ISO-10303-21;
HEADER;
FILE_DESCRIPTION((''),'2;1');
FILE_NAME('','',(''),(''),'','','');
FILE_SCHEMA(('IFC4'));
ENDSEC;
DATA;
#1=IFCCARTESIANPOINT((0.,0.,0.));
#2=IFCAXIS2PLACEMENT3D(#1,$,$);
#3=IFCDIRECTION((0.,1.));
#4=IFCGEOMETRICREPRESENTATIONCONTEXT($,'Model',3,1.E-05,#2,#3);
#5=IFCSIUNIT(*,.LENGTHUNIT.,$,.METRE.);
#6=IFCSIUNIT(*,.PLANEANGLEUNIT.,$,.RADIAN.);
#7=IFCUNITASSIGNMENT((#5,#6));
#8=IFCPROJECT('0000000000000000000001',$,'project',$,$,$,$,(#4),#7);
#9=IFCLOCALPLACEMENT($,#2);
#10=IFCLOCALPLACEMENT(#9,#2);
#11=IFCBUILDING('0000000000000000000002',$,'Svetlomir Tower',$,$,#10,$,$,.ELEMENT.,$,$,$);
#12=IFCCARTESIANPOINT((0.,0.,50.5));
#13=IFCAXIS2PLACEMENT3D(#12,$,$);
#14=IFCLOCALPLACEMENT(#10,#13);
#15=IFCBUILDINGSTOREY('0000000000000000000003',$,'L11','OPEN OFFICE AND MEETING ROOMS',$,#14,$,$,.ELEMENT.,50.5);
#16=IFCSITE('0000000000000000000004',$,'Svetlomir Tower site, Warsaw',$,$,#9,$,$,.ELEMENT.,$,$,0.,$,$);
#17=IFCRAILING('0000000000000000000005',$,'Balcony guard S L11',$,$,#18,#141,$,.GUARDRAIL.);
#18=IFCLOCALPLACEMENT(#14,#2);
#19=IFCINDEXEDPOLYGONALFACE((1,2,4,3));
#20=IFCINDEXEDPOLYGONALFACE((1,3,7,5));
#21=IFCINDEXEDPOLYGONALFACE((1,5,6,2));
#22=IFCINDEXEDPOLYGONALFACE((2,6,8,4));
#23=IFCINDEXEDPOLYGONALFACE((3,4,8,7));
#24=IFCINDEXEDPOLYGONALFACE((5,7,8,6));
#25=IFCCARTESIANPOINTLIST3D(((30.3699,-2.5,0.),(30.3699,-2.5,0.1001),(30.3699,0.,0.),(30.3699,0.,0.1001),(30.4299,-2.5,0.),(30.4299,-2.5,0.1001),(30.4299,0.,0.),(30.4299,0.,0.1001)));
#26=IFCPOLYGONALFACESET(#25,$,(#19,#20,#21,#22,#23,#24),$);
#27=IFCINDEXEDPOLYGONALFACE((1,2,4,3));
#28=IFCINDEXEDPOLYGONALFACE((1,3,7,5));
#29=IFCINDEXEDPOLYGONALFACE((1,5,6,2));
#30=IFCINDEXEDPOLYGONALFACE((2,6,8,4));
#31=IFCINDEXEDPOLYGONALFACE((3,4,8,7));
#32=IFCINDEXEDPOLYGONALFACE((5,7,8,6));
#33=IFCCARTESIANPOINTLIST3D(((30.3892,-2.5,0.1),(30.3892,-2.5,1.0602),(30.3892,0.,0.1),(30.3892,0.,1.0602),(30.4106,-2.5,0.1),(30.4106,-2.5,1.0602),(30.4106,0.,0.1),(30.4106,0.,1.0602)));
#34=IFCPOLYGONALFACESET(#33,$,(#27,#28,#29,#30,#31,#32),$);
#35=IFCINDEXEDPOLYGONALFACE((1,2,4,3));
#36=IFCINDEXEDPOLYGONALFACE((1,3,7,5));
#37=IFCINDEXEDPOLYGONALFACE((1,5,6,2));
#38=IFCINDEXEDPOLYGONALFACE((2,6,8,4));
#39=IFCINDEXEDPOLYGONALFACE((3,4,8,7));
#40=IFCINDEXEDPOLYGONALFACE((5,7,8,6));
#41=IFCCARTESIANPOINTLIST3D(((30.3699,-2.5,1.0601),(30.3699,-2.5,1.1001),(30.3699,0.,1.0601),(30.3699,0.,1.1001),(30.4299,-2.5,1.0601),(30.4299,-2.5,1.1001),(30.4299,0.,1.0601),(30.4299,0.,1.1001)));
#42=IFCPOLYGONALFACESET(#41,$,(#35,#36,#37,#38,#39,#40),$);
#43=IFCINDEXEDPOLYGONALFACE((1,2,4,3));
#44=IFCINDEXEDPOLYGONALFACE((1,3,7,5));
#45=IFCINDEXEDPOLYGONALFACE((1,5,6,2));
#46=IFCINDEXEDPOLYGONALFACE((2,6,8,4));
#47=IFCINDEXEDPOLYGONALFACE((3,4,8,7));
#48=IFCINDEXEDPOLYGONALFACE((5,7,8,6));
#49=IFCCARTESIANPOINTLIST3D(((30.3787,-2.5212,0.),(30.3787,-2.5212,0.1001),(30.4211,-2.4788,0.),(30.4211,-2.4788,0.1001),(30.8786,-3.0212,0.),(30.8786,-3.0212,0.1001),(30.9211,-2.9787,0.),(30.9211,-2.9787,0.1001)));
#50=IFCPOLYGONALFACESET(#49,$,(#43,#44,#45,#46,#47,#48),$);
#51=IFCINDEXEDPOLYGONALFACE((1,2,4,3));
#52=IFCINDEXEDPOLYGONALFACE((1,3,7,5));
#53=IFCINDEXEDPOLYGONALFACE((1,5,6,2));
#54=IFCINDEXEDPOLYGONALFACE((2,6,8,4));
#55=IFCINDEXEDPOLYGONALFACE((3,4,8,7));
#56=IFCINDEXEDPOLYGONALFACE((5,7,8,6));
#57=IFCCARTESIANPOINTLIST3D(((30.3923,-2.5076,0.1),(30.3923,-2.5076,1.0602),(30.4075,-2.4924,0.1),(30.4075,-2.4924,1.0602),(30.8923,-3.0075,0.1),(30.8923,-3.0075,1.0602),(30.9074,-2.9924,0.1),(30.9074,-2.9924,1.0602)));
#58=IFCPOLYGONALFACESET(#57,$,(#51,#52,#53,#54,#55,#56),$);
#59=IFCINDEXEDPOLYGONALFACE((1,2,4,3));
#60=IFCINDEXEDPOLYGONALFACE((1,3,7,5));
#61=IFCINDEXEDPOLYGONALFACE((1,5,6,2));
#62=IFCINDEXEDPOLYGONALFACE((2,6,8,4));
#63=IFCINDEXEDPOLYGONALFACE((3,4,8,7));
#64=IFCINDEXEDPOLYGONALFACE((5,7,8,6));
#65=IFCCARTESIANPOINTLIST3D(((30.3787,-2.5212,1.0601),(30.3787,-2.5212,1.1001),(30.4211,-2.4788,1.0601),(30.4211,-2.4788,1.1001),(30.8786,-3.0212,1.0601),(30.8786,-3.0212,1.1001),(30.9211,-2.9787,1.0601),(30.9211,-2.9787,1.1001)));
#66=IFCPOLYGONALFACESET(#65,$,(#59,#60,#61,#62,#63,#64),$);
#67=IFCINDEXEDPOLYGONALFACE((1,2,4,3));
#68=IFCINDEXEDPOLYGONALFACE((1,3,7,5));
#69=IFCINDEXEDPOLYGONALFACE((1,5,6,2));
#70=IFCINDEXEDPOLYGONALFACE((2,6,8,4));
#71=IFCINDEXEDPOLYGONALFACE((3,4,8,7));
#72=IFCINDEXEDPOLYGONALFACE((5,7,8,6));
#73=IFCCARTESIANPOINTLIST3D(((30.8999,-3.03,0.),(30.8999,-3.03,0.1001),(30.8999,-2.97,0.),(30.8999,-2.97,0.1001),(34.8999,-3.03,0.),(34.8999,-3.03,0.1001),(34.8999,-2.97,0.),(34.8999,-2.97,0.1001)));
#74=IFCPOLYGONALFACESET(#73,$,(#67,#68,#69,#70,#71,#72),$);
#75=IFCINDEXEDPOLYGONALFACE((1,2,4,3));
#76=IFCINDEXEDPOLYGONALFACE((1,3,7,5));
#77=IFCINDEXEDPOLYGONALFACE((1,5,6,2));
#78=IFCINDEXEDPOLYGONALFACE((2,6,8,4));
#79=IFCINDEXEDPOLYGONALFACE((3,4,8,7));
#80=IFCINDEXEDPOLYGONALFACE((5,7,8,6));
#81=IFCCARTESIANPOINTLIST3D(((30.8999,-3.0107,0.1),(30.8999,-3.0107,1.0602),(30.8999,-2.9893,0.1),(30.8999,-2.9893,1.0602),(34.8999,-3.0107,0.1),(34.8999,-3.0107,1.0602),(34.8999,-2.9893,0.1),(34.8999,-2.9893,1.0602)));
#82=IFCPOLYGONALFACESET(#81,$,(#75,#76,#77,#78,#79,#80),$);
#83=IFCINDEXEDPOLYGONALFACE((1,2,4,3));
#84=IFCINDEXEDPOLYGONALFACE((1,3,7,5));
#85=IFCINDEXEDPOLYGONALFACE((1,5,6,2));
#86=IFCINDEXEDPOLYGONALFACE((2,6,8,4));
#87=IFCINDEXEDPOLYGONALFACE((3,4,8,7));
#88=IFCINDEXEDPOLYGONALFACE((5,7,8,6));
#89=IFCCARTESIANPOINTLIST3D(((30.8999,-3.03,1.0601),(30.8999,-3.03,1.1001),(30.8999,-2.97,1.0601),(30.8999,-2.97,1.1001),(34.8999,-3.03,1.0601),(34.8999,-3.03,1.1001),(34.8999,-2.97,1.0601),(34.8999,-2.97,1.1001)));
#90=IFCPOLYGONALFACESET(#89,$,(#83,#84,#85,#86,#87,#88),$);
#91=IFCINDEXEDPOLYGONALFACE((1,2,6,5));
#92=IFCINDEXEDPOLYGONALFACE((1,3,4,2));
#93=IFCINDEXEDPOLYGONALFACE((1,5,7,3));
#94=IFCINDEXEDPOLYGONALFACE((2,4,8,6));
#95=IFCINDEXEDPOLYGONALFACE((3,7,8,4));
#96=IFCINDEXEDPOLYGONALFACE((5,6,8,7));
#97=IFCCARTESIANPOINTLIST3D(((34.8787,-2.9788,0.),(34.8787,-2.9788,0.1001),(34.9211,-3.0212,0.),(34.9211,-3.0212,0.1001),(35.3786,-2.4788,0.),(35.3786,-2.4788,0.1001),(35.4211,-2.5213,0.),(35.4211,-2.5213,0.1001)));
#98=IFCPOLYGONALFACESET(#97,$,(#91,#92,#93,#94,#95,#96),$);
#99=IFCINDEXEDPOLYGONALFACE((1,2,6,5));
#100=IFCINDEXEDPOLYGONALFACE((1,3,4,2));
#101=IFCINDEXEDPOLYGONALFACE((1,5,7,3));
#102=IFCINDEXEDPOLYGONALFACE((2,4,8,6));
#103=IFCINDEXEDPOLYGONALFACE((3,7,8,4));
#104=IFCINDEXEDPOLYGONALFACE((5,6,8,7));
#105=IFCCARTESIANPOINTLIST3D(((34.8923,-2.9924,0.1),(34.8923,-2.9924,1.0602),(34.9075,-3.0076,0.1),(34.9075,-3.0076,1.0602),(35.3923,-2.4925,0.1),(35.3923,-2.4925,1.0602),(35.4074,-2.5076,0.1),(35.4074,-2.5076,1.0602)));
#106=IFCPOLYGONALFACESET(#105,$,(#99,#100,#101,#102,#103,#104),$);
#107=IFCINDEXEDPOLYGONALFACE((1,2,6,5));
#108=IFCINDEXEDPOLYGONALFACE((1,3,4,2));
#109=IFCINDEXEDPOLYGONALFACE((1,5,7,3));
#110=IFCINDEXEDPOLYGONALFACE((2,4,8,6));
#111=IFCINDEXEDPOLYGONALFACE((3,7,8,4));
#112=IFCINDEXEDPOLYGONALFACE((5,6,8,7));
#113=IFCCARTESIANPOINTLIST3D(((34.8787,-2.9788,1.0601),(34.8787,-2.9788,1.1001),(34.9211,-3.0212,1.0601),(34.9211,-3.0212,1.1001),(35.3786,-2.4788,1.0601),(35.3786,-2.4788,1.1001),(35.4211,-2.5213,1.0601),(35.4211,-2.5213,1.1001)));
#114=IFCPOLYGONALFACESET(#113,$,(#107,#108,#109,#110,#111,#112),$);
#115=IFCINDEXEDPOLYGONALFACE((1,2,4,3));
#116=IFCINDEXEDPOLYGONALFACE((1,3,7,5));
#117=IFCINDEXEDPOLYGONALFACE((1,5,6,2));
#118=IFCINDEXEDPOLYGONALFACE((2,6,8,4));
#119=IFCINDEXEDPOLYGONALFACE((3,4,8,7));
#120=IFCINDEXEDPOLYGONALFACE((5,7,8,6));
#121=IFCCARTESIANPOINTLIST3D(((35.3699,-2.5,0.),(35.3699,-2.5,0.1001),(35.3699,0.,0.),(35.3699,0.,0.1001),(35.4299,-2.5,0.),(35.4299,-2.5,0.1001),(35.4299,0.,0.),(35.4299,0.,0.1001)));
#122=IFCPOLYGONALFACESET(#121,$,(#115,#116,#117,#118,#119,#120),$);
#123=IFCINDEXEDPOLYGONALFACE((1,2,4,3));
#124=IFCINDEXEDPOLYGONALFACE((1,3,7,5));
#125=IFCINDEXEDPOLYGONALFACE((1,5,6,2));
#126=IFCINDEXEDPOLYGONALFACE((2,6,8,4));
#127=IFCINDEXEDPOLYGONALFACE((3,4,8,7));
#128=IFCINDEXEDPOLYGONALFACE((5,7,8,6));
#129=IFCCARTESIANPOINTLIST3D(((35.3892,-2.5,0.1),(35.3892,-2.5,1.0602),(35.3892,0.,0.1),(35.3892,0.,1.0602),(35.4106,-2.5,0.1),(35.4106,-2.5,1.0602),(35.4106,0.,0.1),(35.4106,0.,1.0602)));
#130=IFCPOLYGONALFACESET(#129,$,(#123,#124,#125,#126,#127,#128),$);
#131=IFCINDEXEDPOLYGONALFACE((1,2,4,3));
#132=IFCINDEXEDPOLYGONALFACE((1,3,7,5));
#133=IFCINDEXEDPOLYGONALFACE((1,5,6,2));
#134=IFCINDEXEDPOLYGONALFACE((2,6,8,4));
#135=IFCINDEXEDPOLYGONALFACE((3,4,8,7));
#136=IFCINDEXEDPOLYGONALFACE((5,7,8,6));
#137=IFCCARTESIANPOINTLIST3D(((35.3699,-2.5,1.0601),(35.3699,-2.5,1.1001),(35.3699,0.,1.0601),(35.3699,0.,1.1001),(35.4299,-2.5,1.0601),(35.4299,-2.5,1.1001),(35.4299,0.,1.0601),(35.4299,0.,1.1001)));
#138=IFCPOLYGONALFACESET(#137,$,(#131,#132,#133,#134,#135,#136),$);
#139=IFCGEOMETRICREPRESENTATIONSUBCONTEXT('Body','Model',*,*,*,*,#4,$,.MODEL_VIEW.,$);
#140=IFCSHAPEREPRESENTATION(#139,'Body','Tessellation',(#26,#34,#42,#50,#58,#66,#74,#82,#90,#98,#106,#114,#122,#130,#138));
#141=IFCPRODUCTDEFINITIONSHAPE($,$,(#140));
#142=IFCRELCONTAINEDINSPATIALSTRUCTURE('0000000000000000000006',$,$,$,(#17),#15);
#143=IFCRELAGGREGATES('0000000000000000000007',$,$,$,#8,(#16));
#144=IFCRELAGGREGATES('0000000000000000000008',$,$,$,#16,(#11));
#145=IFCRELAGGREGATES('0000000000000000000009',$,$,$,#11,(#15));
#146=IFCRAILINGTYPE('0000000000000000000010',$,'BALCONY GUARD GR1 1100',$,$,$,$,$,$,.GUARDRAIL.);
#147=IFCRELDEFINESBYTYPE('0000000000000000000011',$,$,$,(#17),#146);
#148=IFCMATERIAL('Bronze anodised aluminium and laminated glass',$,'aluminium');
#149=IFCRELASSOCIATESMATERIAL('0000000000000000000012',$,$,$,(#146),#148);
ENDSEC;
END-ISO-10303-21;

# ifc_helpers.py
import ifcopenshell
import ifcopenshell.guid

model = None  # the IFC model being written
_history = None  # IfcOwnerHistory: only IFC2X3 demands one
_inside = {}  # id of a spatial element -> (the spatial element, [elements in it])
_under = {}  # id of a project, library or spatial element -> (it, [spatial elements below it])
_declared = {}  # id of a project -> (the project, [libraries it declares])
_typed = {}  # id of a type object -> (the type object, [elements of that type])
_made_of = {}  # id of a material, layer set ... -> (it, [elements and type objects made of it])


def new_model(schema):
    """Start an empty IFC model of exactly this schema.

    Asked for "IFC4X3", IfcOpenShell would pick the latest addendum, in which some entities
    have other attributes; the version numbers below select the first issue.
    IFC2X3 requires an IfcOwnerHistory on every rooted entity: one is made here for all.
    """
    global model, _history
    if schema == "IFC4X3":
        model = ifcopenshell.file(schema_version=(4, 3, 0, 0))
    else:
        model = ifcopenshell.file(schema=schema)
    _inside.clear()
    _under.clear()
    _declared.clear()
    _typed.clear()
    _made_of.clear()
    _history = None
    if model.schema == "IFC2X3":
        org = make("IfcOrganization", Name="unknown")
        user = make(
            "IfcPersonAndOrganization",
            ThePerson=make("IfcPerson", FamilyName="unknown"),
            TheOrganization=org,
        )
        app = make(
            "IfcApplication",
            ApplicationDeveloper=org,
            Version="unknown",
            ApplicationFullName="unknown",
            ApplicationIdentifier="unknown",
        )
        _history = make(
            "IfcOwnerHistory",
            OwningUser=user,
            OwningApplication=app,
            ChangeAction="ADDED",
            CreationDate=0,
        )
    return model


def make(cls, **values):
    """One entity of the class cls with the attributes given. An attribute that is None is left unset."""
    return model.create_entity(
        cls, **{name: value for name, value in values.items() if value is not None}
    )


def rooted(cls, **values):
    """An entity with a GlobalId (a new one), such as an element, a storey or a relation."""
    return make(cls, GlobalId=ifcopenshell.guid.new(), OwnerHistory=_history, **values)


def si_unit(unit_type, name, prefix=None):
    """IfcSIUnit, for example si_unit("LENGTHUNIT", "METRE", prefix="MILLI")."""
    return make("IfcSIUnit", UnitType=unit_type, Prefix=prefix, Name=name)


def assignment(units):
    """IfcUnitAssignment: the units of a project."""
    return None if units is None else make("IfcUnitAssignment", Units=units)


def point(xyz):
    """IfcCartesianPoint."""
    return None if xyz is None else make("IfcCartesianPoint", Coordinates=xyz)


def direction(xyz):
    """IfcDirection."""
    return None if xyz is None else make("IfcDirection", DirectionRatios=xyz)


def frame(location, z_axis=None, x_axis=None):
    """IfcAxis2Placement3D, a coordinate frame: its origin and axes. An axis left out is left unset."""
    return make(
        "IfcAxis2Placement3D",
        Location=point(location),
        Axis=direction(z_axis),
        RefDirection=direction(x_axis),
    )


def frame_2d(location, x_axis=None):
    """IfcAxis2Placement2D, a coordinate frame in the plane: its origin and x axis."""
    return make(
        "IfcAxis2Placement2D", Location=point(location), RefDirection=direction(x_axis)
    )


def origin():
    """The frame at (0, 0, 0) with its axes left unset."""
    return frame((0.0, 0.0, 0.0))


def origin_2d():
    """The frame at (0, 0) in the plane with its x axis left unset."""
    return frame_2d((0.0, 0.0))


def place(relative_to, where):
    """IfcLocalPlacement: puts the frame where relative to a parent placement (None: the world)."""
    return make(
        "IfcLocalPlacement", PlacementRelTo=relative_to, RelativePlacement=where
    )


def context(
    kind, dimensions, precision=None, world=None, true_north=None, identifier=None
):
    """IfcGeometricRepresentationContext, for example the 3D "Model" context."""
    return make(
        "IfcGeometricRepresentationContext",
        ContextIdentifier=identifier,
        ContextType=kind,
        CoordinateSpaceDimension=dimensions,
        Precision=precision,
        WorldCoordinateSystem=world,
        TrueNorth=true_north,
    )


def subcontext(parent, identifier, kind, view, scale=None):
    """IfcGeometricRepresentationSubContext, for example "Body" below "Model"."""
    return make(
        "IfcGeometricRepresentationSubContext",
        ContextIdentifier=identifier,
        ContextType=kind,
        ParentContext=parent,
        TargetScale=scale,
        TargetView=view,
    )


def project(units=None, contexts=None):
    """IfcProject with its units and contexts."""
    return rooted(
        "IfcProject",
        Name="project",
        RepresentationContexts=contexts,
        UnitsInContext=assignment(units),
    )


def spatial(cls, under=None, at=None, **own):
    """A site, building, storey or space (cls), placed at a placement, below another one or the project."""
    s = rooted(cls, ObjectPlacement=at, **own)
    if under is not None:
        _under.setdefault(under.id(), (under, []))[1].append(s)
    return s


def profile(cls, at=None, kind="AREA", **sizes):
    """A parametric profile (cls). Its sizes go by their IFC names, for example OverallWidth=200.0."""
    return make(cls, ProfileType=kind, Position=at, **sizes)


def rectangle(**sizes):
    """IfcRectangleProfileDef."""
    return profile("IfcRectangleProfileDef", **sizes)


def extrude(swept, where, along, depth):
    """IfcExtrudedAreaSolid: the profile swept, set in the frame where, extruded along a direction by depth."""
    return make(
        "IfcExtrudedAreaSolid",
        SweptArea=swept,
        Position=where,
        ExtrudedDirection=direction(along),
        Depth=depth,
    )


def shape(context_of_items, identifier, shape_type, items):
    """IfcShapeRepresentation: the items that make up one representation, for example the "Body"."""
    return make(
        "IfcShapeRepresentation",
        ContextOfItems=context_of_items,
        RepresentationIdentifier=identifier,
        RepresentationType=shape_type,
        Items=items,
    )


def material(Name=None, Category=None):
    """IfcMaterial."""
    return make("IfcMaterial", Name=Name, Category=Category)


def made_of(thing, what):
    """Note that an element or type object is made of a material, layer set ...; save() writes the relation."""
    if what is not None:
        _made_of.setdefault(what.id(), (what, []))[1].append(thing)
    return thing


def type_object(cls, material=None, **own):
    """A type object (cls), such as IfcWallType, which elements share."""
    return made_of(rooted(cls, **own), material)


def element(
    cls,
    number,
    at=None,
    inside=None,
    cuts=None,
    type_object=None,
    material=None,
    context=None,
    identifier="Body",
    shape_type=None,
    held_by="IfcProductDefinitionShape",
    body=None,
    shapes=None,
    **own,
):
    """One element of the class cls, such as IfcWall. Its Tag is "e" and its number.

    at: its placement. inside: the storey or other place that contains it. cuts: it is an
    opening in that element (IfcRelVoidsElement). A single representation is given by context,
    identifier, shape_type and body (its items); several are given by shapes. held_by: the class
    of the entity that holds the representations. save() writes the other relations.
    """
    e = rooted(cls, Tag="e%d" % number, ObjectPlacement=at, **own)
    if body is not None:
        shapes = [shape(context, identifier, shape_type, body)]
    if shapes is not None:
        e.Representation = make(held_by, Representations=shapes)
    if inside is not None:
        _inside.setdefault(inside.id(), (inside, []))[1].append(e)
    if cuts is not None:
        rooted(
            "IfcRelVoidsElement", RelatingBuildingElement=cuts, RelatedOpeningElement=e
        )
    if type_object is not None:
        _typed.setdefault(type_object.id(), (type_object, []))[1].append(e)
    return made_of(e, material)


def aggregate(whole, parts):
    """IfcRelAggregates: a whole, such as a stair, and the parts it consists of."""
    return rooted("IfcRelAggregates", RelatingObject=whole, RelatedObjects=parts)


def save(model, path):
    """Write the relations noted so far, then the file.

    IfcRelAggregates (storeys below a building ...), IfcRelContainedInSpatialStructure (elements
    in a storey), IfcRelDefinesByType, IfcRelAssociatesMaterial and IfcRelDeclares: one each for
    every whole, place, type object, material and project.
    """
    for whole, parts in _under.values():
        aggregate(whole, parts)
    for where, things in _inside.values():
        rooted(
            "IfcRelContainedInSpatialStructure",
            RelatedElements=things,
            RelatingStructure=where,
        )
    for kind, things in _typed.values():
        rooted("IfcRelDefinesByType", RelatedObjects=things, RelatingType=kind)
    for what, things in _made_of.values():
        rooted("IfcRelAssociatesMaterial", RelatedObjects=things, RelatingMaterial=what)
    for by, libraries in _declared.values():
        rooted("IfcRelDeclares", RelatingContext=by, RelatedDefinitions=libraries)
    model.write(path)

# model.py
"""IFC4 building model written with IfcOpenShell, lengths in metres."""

from ifc_helpers import new_model, si_unit, direction, frame, origin, origin_2d, place, context, subcontext, project, spatial, rectangle, extrude, material, type_object, element, save


model = new_model("IFC4")

# Units and contexts
model_context = context("Model", 3, precision=1e-05, world=origin(), true_north=direction((0.0, 1.0)))
body_context = subcontext(model_context, "Body", "Model", "MODEL_VIEW")
ifc_project = project(units=[si_unit("LENGTHUNIT", "METRE"), si_unit("PLANEANGLEUNIT", "RADIAN")], contexts=[model_context])

# Site, building, storey
site_placement = place(None, origin())
site = spatial("IfcSite", under=ifc_project, at=site_placement, Name="Svetlomir Tower site, Warsaw", CompositionType="ELEMENT", RefElevation=0.0)
building_placement = place(site_placement, origin())
building = spatial("IfcBuilding", under=site, at=building_placement, Name="Svetlomir Tower", CompositionType="ELEMENT")
storey_placement = place(building_placement, frame((0.0, 0.0, 50.5)))
storey = spatial("IfcBuildingStorey", under=building, at=storey_placement, Name="L11", Description="OPEN OFFICE AND MEETING ROOMS", CompositionType="ELEMENT", Elevation=50.5)

# Railing
ifc_material_1 = material(Name="Bronze anodised aluminium and laminated glass", Category="aluminium")
railing_type = type_object("IfcRailingType", Name="BALCONY GUARD GR1 1100", PredefinedType="GUARDRAIL", material=ifc_material_1)
railing_placement = place(storey_placement, frame((30.3999, 0.0, 0.0)))
element("IfcRailing", 1, at=railing_placement, inside=storey, type_object=railing_type, Name="Balcony guard S L11", PredefinedType="GUARDRAIL", context=body_context, shape_type="SweptSolid", body=[
    extrude(rectangle(XDim=0.0601, YDim=0.1001, at=origin_2d()), frame((0.0, 0.0, 0.05), z_axis=(0.0, -1.0, 0.0), x_axis=(1.0, 0.0, 0.0)), (0.0, 0.0, 1.0), 2.5),
    extrude(rectangle(XDim=0.0215, YDim=0.9602, at=origin_2d()), frame((0.0, 0.0, 0.5801), z_axis=(0.0, -1.0, 0.0), x_axis=(1.0, 0.0, 0.0)), (0.0, 0.0, 1.0), 2.5),
    extrude(rectangle(XDim=0.0601, YDim=0.04, at=origin_2d()), frame((0.0, 0.0, 1.0801), z_axis=(0.0, -1.0, 0.0), x_axis=(1.0, 0.0, 0.0)), (0.0, 0.0, 1.0), 2.5),
    extrude(rectangle(XDim=0.0601, YDim=0.1001, at=origin_2d()), frame((0.0, -2.5, 0.05), z_axis=(0.707107, -0.707107, 0.0), x_axis=(0.707107, 0.707107, 0.0)), (0.0, 0.0, 1.0), 0.707),
    extrude(rectangle(XDim=0.0215, YDim=0.9602, at=origin_2d()), frame((0.0, -2.5, 0.5801), z_axis=(0.707107, -0.707107, 0.0), x_axis=(0.707107, 0.707107, 0.0)), (0.0, 0.0, 1.0), 0.707),
    extrude(rectangle(XDim=0.0601, YDim=0.04, at=origin_2d()), frame((0.0, -2.5, 1.0801), z_axis=(0.707107, -0.707107, 0.0), x_axis=(0.707107, 0.707107, 0.0)), (0.0, 0.0, 1.0), 0.707),
    extrude(rectangle(XDim=0.0601, YDim=0.1001, at=origin_2d()), frame((0.5, -3.0, 0.05), z_axis=(1.0, 0.0, 0.0), x_axis=(0.0, 1.0, 0.0)), (0.0, 0.0, 1.0), 4.0),
    extrude(rectangle(XDim=0.0215, YDim=0.9602, at=origin_2d()), frame((0.5, -3.0, 0.5801), z_axis=(1.0, 0.0, 0.0), x_axis=(0.0, 1.0, 0.0)), (0.0, 0.0, 1.0), 4.0),
    extrude(rectangle(XDim=0.0601, YDim=0.04, at=origin_2d()), frame((0.5, -3.0, 1.0801), z_axis=(1.0, 0.0, 0.0), x_axis=(0.0, 1.0, 0.0)), (0.0, 0.0, 1.0), 4.0),
    extrude(rectangle(XDim=0.0601, YDim=0.1001, at=origin_2d()), frame((4.5, -3.0, 0.05), z_axis=(0.707107, 0.707107, 0.0), x_axis=(-0.707107, 0.707107, 0.0)), (0.0, 0.0, 1.0), 0.707),
    extrude(rectangle(XDim=0.0215, YDim=0.9602, at=origin_2d()), frame((4.5, -3.0, 0.5801), z_axis=(0.707107, 0.707107, 0.0), x_axis=(-0.707107, 0.707107, 0.0)), (0.0, 0.0, 1.0), 0.707),
    extrude(rectangle(XDim=0.0601, YDim=0.04, at=origin_2d()), frame((4.5, -3.0, 1.0801), z_axis=(0.707107, 0.707107, 0.0), x_axis=(-0.707107, 0.707107, 0.0)), (0.0, 0.0, 1.0), 0.707),
    extrude(rectangle(XDim=0.0601, YDim=0.1001, at=origin_2d()), frame((5.0, -2.5, 0.05), z_axis=(0.0, 1.0, 0.0), x_axis=(-1.0, 0.0, 0.0)), (0.0, 0.0, 1.0), 2.5),
    extrude(rectangle(XDim=0.0215, YDim=0.9602, at=origin_2d()), frame((5.0, -2.5, 0.5801), z_axis=(0.0, 1.0, 0.0), x_axis=(-1.0, 0.0, 0.0)), (0.0, 0.0, 1.0), 2.5),
    extrude(rectangle(XDim=0.0601, YDim=0.04, at=origin_2d()), frame((5.0, -2.5, 1.0801), z_axis=(0.0, 1.0, 0.0), x_axis=(-1.0, 0.0, 0.0)), (0.0, 0.0, 1.0), 2.5),
])

save(model, "model.ifc")
